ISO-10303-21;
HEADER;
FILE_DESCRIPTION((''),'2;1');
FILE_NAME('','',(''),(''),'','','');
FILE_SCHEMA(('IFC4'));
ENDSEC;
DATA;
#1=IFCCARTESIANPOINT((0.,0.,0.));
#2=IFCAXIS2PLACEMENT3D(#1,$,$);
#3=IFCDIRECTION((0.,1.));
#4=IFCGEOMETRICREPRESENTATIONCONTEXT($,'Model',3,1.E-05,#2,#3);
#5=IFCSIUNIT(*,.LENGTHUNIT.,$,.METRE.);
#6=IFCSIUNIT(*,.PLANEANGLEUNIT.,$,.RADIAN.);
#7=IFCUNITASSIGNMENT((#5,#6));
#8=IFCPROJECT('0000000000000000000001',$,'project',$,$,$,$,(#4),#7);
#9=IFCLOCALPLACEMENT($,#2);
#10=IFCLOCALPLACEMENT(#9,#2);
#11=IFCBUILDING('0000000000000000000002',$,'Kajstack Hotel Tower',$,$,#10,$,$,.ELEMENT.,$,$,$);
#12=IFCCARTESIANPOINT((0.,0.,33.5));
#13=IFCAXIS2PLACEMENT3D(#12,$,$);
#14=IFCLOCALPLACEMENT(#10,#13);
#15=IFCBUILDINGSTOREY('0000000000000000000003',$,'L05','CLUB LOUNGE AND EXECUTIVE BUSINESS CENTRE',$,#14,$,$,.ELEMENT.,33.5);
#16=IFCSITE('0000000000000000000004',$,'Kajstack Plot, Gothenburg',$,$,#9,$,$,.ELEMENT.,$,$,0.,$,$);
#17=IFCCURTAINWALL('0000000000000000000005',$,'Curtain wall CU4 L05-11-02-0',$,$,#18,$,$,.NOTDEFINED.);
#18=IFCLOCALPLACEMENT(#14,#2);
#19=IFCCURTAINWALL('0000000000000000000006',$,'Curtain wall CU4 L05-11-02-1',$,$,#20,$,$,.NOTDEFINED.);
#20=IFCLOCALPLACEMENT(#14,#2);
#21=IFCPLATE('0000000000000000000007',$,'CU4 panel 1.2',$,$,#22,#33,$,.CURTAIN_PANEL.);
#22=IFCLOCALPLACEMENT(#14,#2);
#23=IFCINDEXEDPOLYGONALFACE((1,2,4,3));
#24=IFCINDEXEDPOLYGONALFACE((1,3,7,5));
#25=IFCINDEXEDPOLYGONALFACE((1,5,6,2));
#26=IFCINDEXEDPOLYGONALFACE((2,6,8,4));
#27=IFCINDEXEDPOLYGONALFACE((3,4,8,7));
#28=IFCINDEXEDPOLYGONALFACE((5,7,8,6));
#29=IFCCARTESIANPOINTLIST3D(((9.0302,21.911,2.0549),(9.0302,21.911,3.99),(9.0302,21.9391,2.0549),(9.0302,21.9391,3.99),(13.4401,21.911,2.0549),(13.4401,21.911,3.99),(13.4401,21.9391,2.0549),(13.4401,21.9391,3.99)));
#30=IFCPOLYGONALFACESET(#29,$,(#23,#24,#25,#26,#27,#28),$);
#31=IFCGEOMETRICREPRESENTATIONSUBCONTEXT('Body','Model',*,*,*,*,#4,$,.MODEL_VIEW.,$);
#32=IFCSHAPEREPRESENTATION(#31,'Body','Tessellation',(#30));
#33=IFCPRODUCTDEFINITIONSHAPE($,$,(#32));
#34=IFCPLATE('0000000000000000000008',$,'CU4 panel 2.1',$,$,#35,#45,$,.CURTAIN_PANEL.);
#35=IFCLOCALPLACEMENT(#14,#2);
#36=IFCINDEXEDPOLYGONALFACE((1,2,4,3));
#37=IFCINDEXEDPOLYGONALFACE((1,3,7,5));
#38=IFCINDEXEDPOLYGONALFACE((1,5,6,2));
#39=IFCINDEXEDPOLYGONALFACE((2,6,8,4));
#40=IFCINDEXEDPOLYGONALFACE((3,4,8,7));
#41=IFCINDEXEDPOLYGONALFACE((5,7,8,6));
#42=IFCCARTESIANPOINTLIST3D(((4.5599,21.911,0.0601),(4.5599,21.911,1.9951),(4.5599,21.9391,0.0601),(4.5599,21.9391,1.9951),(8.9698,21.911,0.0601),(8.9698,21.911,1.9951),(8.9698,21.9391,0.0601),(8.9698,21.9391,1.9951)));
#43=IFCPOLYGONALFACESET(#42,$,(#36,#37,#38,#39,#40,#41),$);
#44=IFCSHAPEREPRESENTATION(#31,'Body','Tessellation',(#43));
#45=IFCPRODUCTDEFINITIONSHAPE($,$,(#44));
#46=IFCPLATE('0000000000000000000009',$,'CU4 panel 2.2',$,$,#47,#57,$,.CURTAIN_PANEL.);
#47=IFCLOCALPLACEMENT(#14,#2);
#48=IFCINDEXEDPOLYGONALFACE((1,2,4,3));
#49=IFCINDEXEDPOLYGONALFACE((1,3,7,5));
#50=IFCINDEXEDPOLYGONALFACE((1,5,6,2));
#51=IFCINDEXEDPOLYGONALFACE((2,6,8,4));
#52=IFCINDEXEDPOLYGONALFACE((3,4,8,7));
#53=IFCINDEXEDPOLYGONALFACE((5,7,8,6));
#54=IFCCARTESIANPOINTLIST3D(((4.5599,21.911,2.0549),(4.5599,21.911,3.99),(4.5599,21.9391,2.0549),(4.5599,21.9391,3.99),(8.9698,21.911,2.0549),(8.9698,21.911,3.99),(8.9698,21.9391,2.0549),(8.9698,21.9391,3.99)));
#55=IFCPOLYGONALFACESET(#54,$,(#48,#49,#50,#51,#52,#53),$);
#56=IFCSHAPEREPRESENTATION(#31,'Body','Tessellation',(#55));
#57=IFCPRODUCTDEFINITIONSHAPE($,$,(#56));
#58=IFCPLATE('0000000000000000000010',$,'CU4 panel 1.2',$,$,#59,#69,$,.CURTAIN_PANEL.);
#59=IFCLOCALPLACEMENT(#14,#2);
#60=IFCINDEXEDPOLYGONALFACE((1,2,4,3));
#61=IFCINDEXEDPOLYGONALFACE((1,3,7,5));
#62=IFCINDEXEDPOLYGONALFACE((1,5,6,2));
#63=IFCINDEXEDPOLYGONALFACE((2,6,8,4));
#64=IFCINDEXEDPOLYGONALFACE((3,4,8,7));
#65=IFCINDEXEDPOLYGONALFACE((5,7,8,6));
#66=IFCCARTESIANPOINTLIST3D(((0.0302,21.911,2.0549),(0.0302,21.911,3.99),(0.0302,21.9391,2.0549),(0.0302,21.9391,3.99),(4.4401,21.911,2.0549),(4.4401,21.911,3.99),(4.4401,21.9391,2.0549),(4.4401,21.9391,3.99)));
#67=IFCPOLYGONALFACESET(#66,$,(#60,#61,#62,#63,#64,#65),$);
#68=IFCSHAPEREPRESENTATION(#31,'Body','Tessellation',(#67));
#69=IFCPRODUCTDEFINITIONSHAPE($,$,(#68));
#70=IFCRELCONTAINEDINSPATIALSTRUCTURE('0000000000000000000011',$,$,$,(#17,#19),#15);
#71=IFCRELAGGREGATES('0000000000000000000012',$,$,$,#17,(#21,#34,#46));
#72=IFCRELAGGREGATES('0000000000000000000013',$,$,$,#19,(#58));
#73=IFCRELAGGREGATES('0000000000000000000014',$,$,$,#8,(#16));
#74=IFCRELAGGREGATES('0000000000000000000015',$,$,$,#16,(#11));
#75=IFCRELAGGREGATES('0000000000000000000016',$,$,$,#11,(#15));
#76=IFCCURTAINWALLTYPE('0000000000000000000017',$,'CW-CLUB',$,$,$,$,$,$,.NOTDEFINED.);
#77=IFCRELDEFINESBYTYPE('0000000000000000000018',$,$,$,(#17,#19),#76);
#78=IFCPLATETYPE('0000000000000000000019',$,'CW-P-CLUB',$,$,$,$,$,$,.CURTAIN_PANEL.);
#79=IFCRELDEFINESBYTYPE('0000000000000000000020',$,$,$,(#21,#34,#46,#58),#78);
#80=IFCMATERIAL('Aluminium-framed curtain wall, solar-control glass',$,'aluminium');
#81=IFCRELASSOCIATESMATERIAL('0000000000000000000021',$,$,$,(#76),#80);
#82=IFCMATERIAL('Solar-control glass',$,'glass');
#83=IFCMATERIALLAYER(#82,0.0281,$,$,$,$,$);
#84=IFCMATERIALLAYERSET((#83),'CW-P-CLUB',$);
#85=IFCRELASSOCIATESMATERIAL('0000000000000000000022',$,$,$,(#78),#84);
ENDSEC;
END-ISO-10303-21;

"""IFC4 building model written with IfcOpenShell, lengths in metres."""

from ifc_helpers import new_model, si_unit, direction, frame, origin, origin_2d, place, context, subcontext, project, spatial, rectangle, extrude, material, layer, layer_set, type_object, element, aggregate, save


model = new_model("IFC4")

# Units and contexts
model_context = context("Model", 3, precision=1e-05, world=origin(), true_north=direction((0.0, 1.0)))
body_context = subcontext(model_context, "Body", "Model", "MODEL_VIEW")
ifc_project = project(units=[si_unit("LENGTHUNIT", "METRE"), si_unit("PLANEANGLEUNIT", "RADIAN")], contexts=[model_context])

# Site, building, storey
site_placement = place(None, origin())
site = spatial("IfcSite", under=ifc_project, at=site_placement, Name="Kajstack Plot, Gothenburg", CompositionType="ELEMENT", RefElevation=0.0)
building_placement = place(site_placement, origin())
building = spatial("IfcBuilding", under=site, at=building_placement, Name="Kajstack Hotel Tower", CompositionType="ELEMENT")
storey_placement = place(building_placement, frame((0.0, 0.0, 33.5)))
storey = spatial("IfcBuildingStorey", under=building, at=storey_placement, Name="L05", Description="CLUB LOUNGE AND EXECUTIVE BUSINESS CENTRE", CompositionType="ELEMENT", Elevation=33.5)

# Curtain wall
ifc_material_1 = material(Name="Aluminium-framed curtain wall, solar-control glass", Category="aluminium")
curtain_wall_type = type_object("IfcCurtainWallType", Name="CW-CLUB", PredefinedType="NOTDEFINED", material=ifc_material_1)
curtain_wall_1_placement = place(storey_placement, origin())
curtain_wall_1 = element("IfcCurtainWall", 1, at=curtain_wall_1_placement, inside=storey, type_object=curtain_wall_type, Name="Curtain wall CU4 L05-11-02-0", PredefinedType="NOTDEFINED")

# Curtain wall
curtain_wall_2_placement = place(storey_placement, origin())
curtain_wall_2 = element("IfcCurtainWall", 2, at=curtain_wall_2_placement, inside=storey, type_object=curtain_wall_type, Name="Curtain wall CU4 L05-11-02-1", PredefinedType="NOTDEFINED")

# Plates
ifc_material_2 = material(Name="Solar-control glass", Category="glass")
ifc_layer = layer(ifc_material_2, 0.0281)
ifc_layer_set = layer_set([ifc_layer], Name="CW-P-CLUB")
plate_type = type_object("IfcPlateType", Name="CW-P-CLUB", PredefinedType="CURTAIN_PANEL", material=ifc_layer_set)
plate_1_placement = place(storey_placement, frame((11.2351, 21.925, 2.0549), z_axis=(0.0, 0.0, 1.0), x_axis=(-1.0, 0.0, 0.0)))
plate_1 = element("IfcPlate", 3, at=plate_1_placement, type_object=plate_type, Name="CU4 panel 1.2", PredefinedType="CURTAIN_PANEL", context=body_context, shape_type="SweptSolid", body=[
    extrude(rectangle(XDim=4.4099, YDim=0.0281, at=origin_2d()), origin(), (0.0, 0.0, 1.0), 1.9351),
])
plate_2_placement = place(storey_placement, frame((6.7649, 21.925, 0.0601), z_axis=(0.0, 0.0, 1.0), x_axis=(-1.0, 0.0, 0.0)))
plate_2 = element("IfcPlate", 4, at=plate_2_placement, type_object=plate_type, Name="CU4 panel 2.1", PredefinedType="CURTAIN_PANEL", context=body_context, shape_type="SweptSolid", body=[
    extrude(rectangle(XDim=4.4099, YDim=0.0281, at=origin_2d()), origin(), (0.0, 0.0, 1.0), 1.9351),
])
plate_3_placement = place(storey_placement, frame((6.7649, 21.925, 2.0549), z_axis=(0.0, 0.0, 1.0), x_axis=(-1.0, 0.0, 0.0)))
plate_3 = element("IfcPlate", 5, at=plate_3_placement, type_object=plate_type, Name="CU4 panel 2.2", PredefinedType="CURTAIN_PANEL", context=body_context, shape_type="SweptSolid", body=[
    extrude(rectangle(XDim=4.4099, YDim=0.0281, at=origin_2d()), origin(), (0.0, 0.0, 1.0), 1.9351),
])
aggregate(curtain_wall_1, [plate_1, plate_2, plate_3])
plate_4_placement = place(storey_placement, frame((2.2351, 21.925, 2.0549), z_axis=(0.0, 0.0, 1.0), x_axis=(-1.0, 0.0, 0.0)))
plate_4 = element("IfcPlate", 6, at=plate_4_placement, type_object=plate_type, Name="CU4 panel 1.2", PredefinedType="CURTAIN_PANEL", context=body_context, shape_type="SweptSolid", body=[
    extrude(rectangle(XDim=4.4099, YDim=0.0281, at=origin_2d()), origin(), (0.0, 0.0, 1.0), 1.9351),
])
aggregate(curtain_wall_2, [plate_4])

save(model, "model.ifc")
